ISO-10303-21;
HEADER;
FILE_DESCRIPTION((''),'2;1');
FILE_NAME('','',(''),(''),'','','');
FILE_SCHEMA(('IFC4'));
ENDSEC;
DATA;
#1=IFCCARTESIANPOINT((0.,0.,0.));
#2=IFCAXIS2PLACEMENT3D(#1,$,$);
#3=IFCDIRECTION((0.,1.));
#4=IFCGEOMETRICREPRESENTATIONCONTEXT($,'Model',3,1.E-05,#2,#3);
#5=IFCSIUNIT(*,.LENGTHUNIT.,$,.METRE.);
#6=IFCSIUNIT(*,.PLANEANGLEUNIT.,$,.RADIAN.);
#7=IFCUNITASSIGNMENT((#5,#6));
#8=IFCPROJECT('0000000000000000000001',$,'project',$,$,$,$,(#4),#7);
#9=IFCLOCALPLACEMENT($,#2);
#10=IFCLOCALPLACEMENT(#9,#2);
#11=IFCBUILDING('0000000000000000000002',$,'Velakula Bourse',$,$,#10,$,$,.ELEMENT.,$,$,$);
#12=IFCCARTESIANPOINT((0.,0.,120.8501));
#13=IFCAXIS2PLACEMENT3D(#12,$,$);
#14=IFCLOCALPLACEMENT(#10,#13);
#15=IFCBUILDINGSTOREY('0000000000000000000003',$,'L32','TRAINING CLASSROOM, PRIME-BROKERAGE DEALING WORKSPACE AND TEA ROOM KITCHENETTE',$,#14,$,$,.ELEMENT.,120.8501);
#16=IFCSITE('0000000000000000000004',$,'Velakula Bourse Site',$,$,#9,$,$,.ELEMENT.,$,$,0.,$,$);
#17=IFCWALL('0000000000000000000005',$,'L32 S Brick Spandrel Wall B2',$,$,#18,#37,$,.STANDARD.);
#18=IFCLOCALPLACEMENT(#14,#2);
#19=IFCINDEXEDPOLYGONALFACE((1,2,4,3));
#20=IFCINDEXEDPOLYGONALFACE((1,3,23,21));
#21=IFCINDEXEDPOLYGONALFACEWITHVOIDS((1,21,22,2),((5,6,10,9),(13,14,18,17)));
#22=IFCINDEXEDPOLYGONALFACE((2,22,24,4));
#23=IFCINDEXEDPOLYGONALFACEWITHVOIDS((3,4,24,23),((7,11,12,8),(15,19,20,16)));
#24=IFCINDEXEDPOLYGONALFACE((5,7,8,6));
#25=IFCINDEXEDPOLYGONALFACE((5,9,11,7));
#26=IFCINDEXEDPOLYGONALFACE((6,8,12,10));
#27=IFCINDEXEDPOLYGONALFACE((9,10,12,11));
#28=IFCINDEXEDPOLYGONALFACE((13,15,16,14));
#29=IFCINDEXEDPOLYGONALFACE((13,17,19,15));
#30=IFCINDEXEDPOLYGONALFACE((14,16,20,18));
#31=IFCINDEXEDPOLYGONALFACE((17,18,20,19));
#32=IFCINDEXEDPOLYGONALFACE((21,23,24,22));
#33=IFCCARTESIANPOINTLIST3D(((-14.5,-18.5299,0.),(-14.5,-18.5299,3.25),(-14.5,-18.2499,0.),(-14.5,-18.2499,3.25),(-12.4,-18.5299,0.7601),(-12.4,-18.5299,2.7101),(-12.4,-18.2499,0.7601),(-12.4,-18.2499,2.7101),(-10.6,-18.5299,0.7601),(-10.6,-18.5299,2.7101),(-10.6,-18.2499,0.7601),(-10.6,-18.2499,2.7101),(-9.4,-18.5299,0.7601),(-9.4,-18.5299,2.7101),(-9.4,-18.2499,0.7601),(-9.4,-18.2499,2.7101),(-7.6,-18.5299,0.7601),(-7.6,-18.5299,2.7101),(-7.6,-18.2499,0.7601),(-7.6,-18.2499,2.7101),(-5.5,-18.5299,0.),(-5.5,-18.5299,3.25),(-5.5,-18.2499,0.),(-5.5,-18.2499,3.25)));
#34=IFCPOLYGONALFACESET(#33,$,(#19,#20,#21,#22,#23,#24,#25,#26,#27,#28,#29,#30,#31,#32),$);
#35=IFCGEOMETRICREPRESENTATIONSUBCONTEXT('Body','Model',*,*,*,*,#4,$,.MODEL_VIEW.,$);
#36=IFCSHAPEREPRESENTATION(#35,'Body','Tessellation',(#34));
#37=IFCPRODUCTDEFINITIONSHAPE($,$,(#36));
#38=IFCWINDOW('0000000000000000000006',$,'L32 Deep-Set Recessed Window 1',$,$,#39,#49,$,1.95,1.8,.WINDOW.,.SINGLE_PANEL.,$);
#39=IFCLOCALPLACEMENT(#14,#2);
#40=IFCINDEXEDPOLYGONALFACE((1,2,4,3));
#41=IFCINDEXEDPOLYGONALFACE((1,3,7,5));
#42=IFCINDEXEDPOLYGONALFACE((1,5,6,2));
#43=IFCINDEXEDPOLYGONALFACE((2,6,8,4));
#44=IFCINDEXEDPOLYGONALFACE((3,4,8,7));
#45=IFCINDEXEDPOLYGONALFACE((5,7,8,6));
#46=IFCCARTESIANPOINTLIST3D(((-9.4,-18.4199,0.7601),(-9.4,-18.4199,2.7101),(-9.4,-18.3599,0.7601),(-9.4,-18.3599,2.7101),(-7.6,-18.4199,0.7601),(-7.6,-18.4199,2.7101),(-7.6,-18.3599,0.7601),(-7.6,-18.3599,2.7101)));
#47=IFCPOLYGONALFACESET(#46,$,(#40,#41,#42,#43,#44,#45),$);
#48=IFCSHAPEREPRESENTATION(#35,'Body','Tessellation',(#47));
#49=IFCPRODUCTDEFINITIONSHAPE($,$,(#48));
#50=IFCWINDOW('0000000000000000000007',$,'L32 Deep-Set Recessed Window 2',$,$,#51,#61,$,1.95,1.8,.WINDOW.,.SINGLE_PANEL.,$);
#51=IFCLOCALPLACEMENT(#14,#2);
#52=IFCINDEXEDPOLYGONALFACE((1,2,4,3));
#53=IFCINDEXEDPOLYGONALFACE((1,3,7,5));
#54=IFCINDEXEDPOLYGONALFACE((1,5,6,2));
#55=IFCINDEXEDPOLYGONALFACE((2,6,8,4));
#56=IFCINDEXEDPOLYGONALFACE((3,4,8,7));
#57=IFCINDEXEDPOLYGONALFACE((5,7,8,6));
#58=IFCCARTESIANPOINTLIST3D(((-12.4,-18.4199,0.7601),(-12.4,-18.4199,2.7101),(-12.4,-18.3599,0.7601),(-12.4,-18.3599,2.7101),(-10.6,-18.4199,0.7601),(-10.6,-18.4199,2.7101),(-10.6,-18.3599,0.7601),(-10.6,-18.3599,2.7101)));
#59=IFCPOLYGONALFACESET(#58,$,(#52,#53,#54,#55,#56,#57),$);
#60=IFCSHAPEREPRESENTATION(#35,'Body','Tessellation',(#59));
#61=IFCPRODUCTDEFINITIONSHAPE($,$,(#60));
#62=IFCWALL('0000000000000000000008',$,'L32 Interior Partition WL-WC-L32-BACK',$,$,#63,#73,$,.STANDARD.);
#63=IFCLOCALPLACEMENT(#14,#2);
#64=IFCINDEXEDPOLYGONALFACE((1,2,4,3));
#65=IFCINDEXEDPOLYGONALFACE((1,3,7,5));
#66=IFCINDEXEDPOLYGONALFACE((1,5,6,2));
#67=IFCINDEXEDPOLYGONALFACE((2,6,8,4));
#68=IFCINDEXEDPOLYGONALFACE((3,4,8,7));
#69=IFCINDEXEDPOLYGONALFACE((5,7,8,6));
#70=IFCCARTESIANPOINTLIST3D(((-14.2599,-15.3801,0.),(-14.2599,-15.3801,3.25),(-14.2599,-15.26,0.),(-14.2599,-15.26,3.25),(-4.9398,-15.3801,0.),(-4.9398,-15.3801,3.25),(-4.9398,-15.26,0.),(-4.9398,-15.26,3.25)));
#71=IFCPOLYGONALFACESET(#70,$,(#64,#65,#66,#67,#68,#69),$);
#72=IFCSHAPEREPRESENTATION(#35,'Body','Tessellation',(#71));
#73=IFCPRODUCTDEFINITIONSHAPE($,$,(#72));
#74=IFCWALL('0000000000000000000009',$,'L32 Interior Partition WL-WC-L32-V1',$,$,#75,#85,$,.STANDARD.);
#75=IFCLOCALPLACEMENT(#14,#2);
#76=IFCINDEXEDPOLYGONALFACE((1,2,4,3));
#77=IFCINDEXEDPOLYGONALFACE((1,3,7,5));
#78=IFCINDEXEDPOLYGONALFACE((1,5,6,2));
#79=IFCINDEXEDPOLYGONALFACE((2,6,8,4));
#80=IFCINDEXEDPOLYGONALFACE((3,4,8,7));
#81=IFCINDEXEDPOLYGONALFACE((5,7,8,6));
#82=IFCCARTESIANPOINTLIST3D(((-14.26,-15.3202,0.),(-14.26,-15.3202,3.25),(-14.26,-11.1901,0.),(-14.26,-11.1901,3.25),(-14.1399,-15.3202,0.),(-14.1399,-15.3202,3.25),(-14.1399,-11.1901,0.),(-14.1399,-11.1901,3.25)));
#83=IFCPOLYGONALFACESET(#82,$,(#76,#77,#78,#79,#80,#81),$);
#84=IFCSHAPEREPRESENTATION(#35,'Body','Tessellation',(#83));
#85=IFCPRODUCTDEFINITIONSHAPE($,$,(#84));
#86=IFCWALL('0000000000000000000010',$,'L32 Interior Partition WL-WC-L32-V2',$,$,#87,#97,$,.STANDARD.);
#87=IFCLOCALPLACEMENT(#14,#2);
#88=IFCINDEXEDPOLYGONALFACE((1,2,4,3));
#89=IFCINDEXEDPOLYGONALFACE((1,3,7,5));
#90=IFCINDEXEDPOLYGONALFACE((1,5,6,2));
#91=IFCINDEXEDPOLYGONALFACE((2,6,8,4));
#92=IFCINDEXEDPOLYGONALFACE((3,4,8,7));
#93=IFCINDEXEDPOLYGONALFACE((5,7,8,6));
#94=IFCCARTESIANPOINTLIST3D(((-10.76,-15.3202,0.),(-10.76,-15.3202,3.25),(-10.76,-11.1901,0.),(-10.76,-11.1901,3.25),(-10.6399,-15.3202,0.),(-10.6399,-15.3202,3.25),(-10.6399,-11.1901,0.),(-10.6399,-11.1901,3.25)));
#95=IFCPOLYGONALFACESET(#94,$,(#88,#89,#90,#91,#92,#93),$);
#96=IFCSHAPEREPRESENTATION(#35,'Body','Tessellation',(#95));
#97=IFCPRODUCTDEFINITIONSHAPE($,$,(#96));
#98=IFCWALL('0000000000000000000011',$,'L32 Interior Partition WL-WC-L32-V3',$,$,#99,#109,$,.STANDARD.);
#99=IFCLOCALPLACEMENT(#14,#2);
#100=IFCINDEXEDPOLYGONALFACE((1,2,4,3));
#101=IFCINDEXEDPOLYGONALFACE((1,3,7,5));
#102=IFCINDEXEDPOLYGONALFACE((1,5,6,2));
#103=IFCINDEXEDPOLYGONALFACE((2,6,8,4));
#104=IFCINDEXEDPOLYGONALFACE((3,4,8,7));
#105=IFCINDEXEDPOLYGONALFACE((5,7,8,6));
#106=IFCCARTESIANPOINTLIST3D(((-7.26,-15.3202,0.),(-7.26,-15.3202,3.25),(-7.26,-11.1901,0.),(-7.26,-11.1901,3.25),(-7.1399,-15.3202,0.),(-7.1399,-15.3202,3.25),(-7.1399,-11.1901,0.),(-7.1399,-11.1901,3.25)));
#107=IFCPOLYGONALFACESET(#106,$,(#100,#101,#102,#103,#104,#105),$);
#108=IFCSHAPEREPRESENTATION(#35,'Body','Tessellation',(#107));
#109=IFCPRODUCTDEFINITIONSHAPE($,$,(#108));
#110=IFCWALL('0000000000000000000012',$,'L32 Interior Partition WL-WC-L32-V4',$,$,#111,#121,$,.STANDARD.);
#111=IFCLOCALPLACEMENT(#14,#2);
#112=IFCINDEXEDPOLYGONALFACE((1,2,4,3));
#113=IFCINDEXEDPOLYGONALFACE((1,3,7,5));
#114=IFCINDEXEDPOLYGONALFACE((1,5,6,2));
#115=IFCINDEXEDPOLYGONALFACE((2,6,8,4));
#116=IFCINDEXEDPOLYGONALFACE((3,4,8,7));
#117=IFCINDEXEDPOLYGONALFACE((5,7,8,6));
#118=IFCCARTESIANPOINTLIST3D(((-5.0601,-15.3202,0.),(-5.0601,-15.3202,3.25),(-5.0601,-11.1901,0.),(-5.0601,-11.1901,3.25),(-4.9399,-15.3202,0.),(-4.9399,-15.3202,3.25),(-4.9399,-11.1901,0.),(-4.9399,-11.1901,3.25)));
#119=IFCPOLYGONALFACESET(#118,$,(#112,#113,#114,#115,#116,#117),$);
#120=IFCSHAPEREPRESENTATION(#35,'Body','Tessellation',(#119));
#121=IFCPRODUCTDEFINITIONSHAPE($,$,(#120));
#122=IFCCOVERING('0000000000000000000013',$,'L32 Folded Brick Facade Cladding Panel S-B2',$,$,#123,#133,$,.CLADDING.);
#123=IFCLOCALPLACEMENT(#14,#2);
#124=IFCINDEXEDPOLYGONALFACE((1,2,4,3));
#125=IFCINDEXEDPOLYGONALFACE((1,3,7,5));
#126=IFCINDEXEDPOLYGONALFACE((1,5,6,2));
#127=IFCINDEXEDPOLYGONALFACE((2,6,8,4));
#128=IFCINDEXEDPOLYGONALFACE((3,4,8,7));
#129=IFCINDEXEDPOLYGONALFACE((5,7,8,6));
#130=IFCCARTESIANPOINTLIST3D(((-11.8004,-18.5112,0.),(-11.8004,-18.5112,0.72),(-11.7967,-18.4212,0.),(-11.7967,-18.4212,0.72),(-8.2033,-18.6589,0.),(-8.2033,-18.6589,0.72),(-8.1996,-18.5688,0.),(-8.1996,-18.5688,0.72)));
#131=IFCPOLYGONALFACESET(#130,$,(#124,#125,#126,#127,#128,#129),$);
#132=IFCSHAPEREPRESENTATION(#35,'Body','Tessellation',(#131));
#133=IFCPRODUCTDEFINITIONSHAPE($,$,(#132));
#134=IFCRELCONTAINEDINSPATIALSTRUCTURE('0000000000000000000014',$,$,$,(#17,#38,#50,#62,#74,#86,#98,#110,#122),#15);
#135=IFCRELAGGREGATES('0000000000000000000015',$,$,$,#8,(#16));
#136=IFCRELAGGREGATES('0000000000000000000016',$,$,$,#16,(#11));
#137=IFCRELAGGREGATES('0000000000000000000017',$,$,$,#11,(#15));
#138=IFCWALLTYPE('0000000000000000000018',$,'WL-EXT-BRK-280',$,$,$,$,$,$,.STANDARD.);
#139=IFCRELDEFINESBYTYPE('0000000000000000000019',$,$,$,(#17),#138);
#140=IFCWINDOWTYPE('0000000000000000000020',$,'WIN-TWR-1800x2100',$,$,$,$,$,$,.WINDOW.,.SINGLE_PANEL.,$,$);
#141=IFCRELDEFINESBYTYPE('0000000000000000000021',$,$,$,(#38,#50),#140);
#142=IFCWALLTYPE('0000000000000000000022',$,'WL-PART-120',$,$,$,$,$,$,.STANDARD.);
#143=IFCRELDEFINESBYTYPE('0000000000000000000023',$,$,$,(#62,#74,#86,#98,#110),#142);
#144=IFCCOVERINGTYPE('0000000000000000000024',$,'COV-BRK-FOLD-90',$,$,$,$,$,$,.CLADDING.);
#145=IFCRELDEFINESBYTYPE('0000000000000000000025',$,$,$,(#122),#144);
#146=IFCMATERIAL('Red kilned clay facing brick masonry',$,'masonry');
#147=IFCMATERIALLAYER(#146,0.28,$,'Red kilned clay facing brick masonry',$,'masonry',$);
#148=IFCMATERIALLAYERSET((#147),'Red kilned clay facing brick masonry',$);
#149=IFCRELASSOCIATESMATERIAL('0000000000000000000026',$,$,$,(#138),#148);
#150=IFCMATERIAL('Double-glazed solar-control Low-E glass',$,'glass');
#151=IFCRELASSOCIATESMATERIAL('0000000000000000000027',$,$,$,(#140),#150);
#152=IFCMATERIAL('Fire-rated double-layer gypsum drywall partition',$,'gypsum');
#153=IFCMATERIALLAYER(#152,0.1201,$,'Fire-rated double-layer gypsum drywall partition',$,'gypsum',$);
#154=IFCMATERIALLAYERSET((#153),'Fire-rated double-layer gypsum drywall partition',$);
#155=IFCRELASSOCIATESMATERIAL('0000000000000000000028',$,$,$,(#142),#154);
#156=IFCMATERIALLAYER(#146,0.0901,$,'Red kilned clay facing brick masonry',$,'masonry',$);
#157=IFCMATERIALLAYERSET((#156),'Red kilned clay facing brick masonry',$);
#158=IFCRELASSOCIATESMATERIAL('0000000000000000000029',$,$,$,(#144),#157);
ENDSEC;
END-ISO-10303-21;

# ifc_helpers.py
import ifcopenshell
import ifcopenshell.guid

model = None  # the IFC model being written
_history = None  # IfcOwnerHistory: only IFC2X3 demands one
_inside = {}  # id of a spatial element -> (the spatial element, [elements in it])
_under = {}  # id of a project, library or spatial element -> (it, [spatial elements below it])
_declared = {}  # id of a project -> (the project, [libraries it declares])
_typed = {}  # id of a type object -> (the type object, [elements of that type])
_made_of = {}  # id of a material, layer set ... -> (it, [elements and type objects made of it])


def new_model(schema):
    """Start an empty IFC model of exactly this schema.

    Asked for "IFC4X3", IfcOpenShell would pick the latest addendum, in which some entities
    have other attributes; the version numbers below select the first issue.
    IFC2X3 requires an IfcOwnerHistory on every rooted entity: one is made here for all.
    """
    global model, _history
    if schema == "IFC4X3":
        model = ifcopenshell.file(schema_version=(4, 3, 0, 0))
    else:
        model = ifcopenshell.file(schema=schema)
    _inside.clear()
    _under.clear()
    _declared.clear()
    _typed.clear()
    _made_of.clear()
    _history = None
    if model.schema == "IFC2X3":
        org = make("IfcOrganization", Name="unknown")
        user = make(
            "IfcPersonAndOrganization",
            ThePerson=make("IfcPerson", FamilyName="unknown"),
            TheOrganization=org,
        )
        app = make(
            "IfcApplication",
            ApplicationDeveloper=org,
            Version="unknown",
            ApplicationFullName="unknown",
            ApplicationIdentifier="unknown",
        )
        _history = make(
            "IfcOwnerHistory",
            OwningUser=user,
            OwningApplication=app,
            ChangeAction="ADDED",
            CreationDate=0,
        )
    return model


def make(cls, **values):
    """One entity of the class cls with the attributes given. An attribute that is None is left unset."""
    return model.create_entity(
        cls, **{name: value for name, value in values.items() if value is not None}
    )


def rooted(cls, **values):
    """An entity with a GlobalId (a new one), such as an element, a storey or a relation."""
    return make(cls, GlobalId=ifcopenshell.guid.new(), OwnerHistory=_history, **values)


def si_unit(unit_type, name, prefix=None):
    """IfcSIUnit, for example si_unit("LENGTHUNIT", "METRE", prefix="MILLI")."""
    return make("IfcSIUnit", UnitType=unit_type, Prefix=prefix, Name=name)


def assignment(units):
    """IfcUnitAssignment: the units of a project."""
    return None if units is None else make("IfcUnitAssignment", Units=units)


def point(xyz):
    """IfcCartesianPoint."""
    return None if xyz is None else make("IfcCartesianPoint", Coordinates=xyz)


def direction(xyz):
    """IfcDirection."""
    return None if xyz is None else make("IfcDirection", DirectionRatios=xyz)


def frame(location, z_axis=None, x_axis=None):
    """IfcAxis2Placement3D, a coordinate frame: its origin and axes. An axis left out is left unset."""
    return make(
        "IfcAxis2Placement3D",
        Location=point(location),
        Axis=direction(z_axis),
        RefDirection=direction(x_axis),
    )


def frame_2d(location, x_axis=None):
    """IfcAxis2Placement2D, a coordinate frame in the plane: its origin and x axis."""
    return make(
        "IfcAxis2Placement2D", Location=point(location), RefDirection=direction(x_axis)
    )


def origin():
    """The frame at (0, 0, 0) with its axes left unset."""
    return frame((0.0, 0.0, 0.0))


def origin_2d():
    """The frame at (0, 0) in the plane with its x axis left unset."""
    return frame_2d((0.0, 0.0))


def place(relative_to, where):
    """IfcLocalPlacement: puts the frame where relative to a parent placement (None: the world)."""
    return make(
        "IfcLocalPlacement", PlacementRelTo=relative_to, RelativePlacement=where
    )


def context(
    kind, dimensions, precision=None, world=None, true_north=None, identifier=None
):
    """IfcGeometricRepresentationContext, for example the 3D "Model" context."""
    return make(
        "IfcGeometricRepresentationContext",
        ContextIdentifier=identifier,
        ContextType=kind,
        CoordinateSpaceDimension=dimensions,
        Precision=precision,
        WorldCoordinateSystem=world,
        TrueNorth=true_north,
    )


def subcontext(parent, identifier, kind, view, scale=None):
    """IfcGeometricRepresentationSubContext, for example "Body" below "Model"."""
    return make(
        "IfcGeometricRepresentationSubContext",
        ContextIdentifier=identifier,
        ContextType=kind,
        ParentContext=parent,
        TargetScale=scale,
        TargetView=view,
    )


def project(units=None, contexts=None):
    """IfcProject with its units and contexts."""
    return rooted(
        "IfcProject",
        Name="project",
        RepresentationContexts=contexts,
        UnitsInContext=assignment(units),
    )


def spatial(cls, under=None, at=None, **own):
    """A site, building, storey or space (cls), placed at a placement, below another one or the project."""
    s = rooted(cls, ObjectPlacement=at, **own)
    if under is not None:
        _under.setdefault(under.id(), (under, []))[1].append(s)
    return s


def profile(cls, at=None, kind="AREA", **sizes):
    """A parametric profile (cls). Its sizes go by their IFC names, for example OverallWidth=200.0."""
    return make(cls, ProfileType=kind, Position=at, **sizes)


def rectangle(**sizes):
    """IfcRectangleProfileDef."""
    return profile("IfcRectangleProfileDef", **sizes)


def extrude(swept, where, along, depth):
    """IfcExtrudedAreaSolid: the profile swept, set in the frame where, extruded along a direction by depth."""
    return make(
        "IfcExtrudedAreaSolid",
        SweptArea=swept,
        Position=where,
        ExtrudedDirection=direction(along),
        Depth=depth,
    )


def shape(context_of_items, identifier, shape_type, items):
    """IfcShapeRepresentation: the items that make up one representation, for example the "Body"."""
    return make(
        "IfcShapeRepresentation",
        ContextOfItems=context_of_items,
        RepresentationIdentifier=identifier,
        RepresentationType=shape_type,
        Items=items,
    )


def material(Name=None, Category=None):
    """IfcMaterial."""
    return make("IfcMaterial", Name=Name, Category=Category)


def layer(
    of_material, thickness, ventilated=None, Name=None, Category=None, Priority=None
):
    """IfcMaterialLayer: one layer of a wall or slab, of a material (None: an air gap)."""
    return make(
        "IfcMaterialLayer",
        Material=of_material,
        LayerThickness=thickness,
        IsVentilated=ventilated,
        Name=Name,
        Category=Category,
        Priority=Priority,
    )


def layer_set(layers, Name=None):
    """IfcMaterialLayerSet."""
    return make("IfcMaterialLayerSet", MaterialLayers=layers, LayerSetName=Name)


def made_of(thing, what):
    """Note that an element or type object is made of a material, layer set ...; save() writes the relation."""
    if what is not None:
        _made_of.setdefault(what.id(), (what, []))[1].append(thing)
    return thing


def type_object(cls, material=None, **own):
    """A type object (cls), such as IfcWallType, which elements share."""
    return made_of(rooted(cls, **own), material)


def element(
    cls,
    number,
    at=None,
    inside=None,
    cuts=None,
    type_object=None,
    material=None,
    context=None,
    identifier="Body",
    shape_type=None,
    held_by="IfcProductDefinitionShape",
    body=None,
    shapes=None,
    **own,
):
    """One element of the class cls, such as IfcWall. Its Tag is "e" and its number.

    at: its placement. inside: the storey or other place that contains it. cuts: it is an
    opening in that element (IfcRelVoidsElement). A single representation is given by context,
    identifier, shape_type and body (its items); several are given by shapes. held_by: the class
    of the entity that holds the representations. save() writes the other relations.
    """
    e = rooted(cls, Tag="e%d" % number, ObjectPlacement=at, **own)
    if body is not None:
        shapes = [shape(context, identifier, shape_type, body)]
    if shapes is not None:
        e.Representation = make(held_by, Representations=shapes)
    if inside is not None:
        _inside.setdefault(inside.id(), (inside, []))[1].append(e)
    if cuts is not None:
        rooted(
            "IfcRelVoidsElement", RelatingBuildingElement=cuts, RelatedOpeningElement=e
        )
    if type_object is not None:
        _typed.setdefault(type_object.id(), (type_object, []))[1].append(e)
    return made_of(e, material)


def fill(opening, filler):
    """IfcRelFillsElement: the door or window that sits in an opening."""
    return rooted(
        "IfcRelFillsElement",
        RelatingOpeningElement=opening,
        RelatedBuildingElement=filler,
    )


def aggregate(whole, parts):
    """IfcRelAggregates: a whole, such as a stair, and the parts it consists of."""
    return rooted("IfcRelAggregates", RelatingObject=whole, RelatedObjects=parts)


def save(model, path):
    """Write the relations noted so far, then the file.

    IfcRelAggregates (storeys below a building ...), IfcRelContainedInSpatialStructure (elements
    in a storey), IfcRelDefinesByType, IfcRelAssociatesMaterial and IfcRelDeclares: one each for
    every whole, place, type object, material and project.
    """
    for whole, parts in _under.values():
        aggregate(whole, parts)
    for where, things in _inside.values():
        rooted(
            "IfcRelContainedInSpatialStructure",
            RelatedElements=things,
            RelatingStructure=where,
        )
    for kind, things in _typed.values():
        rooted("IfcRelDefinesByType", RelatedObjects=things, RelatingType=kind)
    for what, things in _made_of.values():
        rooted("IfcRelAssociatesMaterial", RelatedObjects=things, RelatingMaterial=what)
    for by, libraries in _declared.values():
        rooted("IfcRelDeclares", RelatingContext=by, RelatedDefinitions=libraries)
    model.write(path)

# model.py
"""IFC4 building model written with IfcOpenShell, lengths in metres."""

from ifc_helpers import new_model, si_unit, direction, frame, frame_2d, origin, origin_2d, place, context, subcontext, project, spatial, rectangle, extrude, material, layer, layer_set, type_object, element, fill, save


model = new_model("IFC4")

# Units and contexts
model_context = context("Model", 3, precision=1e-05, world=origin(), true_north=direction((0.0, 1.0)))
body_context = subcontext(model_context, "Body", "Model", "MODEL_VIEW")
ifc_project = project(units=[si_unit("LENGTHUNIT", "METRE"), si_unit("PLANEANGLEUNIT", "RADIAN")], contexts=[model_context])

# Site, building, storey
site_placement = place(None, origin())
site = spatial("IfcSite", under=ifc_project, at=site_placement, Name="Velakula Bourse Site", CompositionType="ELEMENT", RefElevation=0.0)
building_placement = place(site_placement, origin())
building = spatial("IfcBuilding", under=site, at=building_placement, Name="Velakula Bourse", CompositionType="ELEMENT")
storey_placement = place(building_placement, frame((0.0, 0.0, 120.8501)))
storey = spatial("IfcBuildingStorey", under=building, at=storey_placement, Name="L32", Description="TRAINING CLASSROOM, PRIME-BROKERAGE DEALING WORKSPACE AND TEA ROOM KITCHENETTE", CompositionType="ELEMENT", Elevation=120.8501)

# Wall, openings, windows
ifc_material_1 = material(Name="Red kilned clay facing brick masonry", Category="masonry")
ifc_layer_1 = layer(ifc_material_1, 0.28, Name="Red kilned clay facing brick masonry", Category="masonry")
ifc_layer_set_1 = layer_set([ifc_layer_1], Name="Red kilned clay facing brick masonry")
wall_type_1 = type_object("IfcWallType", Name="WL-EXT-BRK-280", PredefinedType="STANDARD", material=ifc_layer_set_1)
ifc_material_2 = material(Name="Double-glazed solar-control Low-E glass", Category="glass")
window_type = type_object("IfcWindowType", Name="WIN-TWR-1800x2100", PartitioningType="SINGLE_PANEL", PredefinedType="WINDOW", material=ifc_material_2)
wall_1_placement = place(storey_placement, frame((-5.5, -18.3899, 0.0), z_axis=(0.0, 0.0, 1.0), x_axis=(-1.0, 0.0, 0.0)))
wall_1 = element("IfcWall", 1, at=wall_1_placement, inside=storey, type_object=wall_type_1, Name="L32 S Brick Spandrel Wall B2", PredefinedType="STANDARD", context=body_context, shape_type="SweptSolid", body=[
    extrude(rectangle(XDim=9.0, YDim=0.28, at=frame_2d((4.5, 0.0))), origin(), (0.0, 0.0, 1.0), 3.25),
])
opening_1_placement = place(wall_1_placement, frame((2.1001, 0.0, 0.76)))
opening_1 = element("IfcOpeningElement", 2, at=opening_1_placement, cuts=wall_1, PredefinedType="OPENING", context=body_context, shape_type="SweptSolid", body=[
    extrude(rectangle(XDim=1.8, YDim=1.95, at=frame_2d((0.8999, 0.9751))), frame((0.0, 0.1499, 0.0), z_axis=(0.0, -1.0, 0.0), x_axis=(1.0, 0.0, 0.0)), (0.0, 0.0, 1.0), 0.3),
])
opening_2_placement = place(wall_1_placement, frame((5.1001, 0.0, 0.76)))
opening_2 = element("IfcOpeningElement", 3, at=opening_2_placement, cuts=wall_1, PredefinedType="OPENING", context=body_context, shape_type="SweptSolid", body=[
    extrude(rectangle(XDim=1.8, YDim=1.95, at=frame_2d((0.8999, 0.9751))), frame((0.0, 0.1499, 0.0), z_axis=(0.0, -1.0, 0.0), x_axis=(1.0, 0.0, 0.0)), (0.0, 0.0, 1.0), 0.3),
])
window_1_placement = place(opening_1_placement, origin())
window_1 = element("IfcWindow", 4, at=window_1_placement, inside=storey, type_object=window_type, Name="L32 Deep-Set Recessed Window 1", OverallHeight=1.95, OverallWidth=1.8, PartitioningType="SINGLE_PANEL", PredefinedType="WINDOW", context=body_context, shape_type="SweptSolid", body=[
    extrude(rectangle(XDim=1.8, YDim=1.95, at=frame_2d((0.8999, 0.9751))), frame((0.0, 0.03, 0.0), z_axis=(0.0, -1.0, 0.0), x_axis=(1.0, 0.0, 0.0)), (0.0, 0.0, 1.0), 0.0601),
])
fill(opening_1, window_1)
window_2_placement = place(opening_2_placement, origin())
window_2 = element("IfcWindow", 5, at=window_2_placement, inside=storey, type_object=window_type, Name="L32 Deep-Set Recessed Window 2", OverallHeight=1.95, OverallWidth=1.8, PartitioningType="SINGLE_PANEL", PredefinedType="WINDOW", context=body_context, shape_type="SweptSolid", body=[
    extrude(rectangle(XDim=1.8, YDim=1.95, at=frame_2d((0.8999, 0.9751))), frame((0.0, 0.03, 0.0), z_axis=(0.0, -1.0, 0.0), x_axis=(1.0, 0.0, 0.0)), (0.0, 0.0, 1.0), 0.0601),
])
fill(opening_2, window_2)

# Walls
ifc_material_3 = material(Name="Fire-rated double-layer gypsum drywall partition", Category="gypsum")
ifc_layer_2 = layer(ifc_material_3, 0.1201, Name="Fire-rated double-layer gypsum drywall partition", Category="gypsum")
ifc_layer_set_2 = layer_set([ifc_layer_2], Name="Fire-rated double-layer gypsum drywall partition")
wall_type_2 = type_object("IfcWallType", Name="WL-PART-120", PredefinedType="STANDARD", material=ifc_layer_set_2)
wall_2_placement = place(storey_placement, frame((-14.26, -15.3201, 0.0), z_axis=(0.0, 0.0, 1.0), x_axis=(1.0, 0.0, 0.0)))
element("IfcWall", 6, at=wall_2_placement, inside=storey, type_object=wall_type_2, Name="L32 Interior Partition WL-WC-L32-BACK", PredefinedType="STANDARD", context=body_context, shape_type="SweptSolid", body=[
    extrude(rectangle(XDim=9.3201, YDim=0.1201, at=frame_2d((4.6602, 0.0))), origin(), (0.0, 0.0, 1.0), 3.25),
])
for number, where, z_axis, x_axis, name in (
    (7, (-14.2, -15.3201, 0.0), (0.0, 0.0, 1.0), (0.0, 1.0, 0.0), "L32 Interior Partition WL-WC-L32-V1"),
    (8, (-10.7, -15.3201, 0.0), (0.0, 0.0, 1.0), (0.0, 1.0, 0.0), "L32 Interior Partition WL-WC-L32-V2"),
    (9, (-7.2, -15.3201, 0.0), (0.0, 0.0, 1.0), (0.0, 1.0, 0.0), "L32 Interior Partition WL-WC-L32-V3"),
    (10, (-5.0, -15.3201, 0.0), (0.0, 0.0, 1.0), (0.0, 1.0, 0.0), "L32 Interior Partition WL-WC-L32-V4"),
):
    element("IfcWall", number, at=place(storey_placement, frame(where, z_axis=z_axis, x_axis=x_axis)), inside=storey, type_object=wall_type_2, Name=name, PredefinedType="STANDARD", context=body_context, shape_type="SweptSolid", body=[
        extrude(rectangle(XDim=4.1301, YDim=0.1201, at=frame_2d((2.0649, 0.0))), origin(), (0.0, 0.0, 1.0), 3.25),
    ])

# Covering
ifc_layer_3 = layer(ifc_material_1, 0.0901, Name="Red kilned clay facing brick masonry", Category="masonry")
ifc_layer_set_3 = layer_set([ifc_layer_3], Name="Red kilned clay facing brick masonry")
covering_type = type_object("IfcCoveringType", Name="COV-BRK-FOLD-90", PredefinedType="CLADDING", material=ifc_layer_set_3)
covering_placement = place(storey_placement, frame((-10.0, -18.54, 0.0), z_axis=(0.0, 0.0, 1.0), x_axis=(0.999159, -0.041004, 0.0)))
element("IfcCovering", 11, at=covering_placement, inside=storey, type_object=covering_type, Name="L32 Folded Brick Facade Cladding Panel S-B2", PredefinedType="CLADDING", context=body_context, shape_type="SweptSolid", body=[
    extrude(rectangle(XDim=3.6001, YDim=0.0901, at=origin_2d()), origin(), (0.0, 0.0, 1.0), 0.72),
])

save(model, "model.ifc")
